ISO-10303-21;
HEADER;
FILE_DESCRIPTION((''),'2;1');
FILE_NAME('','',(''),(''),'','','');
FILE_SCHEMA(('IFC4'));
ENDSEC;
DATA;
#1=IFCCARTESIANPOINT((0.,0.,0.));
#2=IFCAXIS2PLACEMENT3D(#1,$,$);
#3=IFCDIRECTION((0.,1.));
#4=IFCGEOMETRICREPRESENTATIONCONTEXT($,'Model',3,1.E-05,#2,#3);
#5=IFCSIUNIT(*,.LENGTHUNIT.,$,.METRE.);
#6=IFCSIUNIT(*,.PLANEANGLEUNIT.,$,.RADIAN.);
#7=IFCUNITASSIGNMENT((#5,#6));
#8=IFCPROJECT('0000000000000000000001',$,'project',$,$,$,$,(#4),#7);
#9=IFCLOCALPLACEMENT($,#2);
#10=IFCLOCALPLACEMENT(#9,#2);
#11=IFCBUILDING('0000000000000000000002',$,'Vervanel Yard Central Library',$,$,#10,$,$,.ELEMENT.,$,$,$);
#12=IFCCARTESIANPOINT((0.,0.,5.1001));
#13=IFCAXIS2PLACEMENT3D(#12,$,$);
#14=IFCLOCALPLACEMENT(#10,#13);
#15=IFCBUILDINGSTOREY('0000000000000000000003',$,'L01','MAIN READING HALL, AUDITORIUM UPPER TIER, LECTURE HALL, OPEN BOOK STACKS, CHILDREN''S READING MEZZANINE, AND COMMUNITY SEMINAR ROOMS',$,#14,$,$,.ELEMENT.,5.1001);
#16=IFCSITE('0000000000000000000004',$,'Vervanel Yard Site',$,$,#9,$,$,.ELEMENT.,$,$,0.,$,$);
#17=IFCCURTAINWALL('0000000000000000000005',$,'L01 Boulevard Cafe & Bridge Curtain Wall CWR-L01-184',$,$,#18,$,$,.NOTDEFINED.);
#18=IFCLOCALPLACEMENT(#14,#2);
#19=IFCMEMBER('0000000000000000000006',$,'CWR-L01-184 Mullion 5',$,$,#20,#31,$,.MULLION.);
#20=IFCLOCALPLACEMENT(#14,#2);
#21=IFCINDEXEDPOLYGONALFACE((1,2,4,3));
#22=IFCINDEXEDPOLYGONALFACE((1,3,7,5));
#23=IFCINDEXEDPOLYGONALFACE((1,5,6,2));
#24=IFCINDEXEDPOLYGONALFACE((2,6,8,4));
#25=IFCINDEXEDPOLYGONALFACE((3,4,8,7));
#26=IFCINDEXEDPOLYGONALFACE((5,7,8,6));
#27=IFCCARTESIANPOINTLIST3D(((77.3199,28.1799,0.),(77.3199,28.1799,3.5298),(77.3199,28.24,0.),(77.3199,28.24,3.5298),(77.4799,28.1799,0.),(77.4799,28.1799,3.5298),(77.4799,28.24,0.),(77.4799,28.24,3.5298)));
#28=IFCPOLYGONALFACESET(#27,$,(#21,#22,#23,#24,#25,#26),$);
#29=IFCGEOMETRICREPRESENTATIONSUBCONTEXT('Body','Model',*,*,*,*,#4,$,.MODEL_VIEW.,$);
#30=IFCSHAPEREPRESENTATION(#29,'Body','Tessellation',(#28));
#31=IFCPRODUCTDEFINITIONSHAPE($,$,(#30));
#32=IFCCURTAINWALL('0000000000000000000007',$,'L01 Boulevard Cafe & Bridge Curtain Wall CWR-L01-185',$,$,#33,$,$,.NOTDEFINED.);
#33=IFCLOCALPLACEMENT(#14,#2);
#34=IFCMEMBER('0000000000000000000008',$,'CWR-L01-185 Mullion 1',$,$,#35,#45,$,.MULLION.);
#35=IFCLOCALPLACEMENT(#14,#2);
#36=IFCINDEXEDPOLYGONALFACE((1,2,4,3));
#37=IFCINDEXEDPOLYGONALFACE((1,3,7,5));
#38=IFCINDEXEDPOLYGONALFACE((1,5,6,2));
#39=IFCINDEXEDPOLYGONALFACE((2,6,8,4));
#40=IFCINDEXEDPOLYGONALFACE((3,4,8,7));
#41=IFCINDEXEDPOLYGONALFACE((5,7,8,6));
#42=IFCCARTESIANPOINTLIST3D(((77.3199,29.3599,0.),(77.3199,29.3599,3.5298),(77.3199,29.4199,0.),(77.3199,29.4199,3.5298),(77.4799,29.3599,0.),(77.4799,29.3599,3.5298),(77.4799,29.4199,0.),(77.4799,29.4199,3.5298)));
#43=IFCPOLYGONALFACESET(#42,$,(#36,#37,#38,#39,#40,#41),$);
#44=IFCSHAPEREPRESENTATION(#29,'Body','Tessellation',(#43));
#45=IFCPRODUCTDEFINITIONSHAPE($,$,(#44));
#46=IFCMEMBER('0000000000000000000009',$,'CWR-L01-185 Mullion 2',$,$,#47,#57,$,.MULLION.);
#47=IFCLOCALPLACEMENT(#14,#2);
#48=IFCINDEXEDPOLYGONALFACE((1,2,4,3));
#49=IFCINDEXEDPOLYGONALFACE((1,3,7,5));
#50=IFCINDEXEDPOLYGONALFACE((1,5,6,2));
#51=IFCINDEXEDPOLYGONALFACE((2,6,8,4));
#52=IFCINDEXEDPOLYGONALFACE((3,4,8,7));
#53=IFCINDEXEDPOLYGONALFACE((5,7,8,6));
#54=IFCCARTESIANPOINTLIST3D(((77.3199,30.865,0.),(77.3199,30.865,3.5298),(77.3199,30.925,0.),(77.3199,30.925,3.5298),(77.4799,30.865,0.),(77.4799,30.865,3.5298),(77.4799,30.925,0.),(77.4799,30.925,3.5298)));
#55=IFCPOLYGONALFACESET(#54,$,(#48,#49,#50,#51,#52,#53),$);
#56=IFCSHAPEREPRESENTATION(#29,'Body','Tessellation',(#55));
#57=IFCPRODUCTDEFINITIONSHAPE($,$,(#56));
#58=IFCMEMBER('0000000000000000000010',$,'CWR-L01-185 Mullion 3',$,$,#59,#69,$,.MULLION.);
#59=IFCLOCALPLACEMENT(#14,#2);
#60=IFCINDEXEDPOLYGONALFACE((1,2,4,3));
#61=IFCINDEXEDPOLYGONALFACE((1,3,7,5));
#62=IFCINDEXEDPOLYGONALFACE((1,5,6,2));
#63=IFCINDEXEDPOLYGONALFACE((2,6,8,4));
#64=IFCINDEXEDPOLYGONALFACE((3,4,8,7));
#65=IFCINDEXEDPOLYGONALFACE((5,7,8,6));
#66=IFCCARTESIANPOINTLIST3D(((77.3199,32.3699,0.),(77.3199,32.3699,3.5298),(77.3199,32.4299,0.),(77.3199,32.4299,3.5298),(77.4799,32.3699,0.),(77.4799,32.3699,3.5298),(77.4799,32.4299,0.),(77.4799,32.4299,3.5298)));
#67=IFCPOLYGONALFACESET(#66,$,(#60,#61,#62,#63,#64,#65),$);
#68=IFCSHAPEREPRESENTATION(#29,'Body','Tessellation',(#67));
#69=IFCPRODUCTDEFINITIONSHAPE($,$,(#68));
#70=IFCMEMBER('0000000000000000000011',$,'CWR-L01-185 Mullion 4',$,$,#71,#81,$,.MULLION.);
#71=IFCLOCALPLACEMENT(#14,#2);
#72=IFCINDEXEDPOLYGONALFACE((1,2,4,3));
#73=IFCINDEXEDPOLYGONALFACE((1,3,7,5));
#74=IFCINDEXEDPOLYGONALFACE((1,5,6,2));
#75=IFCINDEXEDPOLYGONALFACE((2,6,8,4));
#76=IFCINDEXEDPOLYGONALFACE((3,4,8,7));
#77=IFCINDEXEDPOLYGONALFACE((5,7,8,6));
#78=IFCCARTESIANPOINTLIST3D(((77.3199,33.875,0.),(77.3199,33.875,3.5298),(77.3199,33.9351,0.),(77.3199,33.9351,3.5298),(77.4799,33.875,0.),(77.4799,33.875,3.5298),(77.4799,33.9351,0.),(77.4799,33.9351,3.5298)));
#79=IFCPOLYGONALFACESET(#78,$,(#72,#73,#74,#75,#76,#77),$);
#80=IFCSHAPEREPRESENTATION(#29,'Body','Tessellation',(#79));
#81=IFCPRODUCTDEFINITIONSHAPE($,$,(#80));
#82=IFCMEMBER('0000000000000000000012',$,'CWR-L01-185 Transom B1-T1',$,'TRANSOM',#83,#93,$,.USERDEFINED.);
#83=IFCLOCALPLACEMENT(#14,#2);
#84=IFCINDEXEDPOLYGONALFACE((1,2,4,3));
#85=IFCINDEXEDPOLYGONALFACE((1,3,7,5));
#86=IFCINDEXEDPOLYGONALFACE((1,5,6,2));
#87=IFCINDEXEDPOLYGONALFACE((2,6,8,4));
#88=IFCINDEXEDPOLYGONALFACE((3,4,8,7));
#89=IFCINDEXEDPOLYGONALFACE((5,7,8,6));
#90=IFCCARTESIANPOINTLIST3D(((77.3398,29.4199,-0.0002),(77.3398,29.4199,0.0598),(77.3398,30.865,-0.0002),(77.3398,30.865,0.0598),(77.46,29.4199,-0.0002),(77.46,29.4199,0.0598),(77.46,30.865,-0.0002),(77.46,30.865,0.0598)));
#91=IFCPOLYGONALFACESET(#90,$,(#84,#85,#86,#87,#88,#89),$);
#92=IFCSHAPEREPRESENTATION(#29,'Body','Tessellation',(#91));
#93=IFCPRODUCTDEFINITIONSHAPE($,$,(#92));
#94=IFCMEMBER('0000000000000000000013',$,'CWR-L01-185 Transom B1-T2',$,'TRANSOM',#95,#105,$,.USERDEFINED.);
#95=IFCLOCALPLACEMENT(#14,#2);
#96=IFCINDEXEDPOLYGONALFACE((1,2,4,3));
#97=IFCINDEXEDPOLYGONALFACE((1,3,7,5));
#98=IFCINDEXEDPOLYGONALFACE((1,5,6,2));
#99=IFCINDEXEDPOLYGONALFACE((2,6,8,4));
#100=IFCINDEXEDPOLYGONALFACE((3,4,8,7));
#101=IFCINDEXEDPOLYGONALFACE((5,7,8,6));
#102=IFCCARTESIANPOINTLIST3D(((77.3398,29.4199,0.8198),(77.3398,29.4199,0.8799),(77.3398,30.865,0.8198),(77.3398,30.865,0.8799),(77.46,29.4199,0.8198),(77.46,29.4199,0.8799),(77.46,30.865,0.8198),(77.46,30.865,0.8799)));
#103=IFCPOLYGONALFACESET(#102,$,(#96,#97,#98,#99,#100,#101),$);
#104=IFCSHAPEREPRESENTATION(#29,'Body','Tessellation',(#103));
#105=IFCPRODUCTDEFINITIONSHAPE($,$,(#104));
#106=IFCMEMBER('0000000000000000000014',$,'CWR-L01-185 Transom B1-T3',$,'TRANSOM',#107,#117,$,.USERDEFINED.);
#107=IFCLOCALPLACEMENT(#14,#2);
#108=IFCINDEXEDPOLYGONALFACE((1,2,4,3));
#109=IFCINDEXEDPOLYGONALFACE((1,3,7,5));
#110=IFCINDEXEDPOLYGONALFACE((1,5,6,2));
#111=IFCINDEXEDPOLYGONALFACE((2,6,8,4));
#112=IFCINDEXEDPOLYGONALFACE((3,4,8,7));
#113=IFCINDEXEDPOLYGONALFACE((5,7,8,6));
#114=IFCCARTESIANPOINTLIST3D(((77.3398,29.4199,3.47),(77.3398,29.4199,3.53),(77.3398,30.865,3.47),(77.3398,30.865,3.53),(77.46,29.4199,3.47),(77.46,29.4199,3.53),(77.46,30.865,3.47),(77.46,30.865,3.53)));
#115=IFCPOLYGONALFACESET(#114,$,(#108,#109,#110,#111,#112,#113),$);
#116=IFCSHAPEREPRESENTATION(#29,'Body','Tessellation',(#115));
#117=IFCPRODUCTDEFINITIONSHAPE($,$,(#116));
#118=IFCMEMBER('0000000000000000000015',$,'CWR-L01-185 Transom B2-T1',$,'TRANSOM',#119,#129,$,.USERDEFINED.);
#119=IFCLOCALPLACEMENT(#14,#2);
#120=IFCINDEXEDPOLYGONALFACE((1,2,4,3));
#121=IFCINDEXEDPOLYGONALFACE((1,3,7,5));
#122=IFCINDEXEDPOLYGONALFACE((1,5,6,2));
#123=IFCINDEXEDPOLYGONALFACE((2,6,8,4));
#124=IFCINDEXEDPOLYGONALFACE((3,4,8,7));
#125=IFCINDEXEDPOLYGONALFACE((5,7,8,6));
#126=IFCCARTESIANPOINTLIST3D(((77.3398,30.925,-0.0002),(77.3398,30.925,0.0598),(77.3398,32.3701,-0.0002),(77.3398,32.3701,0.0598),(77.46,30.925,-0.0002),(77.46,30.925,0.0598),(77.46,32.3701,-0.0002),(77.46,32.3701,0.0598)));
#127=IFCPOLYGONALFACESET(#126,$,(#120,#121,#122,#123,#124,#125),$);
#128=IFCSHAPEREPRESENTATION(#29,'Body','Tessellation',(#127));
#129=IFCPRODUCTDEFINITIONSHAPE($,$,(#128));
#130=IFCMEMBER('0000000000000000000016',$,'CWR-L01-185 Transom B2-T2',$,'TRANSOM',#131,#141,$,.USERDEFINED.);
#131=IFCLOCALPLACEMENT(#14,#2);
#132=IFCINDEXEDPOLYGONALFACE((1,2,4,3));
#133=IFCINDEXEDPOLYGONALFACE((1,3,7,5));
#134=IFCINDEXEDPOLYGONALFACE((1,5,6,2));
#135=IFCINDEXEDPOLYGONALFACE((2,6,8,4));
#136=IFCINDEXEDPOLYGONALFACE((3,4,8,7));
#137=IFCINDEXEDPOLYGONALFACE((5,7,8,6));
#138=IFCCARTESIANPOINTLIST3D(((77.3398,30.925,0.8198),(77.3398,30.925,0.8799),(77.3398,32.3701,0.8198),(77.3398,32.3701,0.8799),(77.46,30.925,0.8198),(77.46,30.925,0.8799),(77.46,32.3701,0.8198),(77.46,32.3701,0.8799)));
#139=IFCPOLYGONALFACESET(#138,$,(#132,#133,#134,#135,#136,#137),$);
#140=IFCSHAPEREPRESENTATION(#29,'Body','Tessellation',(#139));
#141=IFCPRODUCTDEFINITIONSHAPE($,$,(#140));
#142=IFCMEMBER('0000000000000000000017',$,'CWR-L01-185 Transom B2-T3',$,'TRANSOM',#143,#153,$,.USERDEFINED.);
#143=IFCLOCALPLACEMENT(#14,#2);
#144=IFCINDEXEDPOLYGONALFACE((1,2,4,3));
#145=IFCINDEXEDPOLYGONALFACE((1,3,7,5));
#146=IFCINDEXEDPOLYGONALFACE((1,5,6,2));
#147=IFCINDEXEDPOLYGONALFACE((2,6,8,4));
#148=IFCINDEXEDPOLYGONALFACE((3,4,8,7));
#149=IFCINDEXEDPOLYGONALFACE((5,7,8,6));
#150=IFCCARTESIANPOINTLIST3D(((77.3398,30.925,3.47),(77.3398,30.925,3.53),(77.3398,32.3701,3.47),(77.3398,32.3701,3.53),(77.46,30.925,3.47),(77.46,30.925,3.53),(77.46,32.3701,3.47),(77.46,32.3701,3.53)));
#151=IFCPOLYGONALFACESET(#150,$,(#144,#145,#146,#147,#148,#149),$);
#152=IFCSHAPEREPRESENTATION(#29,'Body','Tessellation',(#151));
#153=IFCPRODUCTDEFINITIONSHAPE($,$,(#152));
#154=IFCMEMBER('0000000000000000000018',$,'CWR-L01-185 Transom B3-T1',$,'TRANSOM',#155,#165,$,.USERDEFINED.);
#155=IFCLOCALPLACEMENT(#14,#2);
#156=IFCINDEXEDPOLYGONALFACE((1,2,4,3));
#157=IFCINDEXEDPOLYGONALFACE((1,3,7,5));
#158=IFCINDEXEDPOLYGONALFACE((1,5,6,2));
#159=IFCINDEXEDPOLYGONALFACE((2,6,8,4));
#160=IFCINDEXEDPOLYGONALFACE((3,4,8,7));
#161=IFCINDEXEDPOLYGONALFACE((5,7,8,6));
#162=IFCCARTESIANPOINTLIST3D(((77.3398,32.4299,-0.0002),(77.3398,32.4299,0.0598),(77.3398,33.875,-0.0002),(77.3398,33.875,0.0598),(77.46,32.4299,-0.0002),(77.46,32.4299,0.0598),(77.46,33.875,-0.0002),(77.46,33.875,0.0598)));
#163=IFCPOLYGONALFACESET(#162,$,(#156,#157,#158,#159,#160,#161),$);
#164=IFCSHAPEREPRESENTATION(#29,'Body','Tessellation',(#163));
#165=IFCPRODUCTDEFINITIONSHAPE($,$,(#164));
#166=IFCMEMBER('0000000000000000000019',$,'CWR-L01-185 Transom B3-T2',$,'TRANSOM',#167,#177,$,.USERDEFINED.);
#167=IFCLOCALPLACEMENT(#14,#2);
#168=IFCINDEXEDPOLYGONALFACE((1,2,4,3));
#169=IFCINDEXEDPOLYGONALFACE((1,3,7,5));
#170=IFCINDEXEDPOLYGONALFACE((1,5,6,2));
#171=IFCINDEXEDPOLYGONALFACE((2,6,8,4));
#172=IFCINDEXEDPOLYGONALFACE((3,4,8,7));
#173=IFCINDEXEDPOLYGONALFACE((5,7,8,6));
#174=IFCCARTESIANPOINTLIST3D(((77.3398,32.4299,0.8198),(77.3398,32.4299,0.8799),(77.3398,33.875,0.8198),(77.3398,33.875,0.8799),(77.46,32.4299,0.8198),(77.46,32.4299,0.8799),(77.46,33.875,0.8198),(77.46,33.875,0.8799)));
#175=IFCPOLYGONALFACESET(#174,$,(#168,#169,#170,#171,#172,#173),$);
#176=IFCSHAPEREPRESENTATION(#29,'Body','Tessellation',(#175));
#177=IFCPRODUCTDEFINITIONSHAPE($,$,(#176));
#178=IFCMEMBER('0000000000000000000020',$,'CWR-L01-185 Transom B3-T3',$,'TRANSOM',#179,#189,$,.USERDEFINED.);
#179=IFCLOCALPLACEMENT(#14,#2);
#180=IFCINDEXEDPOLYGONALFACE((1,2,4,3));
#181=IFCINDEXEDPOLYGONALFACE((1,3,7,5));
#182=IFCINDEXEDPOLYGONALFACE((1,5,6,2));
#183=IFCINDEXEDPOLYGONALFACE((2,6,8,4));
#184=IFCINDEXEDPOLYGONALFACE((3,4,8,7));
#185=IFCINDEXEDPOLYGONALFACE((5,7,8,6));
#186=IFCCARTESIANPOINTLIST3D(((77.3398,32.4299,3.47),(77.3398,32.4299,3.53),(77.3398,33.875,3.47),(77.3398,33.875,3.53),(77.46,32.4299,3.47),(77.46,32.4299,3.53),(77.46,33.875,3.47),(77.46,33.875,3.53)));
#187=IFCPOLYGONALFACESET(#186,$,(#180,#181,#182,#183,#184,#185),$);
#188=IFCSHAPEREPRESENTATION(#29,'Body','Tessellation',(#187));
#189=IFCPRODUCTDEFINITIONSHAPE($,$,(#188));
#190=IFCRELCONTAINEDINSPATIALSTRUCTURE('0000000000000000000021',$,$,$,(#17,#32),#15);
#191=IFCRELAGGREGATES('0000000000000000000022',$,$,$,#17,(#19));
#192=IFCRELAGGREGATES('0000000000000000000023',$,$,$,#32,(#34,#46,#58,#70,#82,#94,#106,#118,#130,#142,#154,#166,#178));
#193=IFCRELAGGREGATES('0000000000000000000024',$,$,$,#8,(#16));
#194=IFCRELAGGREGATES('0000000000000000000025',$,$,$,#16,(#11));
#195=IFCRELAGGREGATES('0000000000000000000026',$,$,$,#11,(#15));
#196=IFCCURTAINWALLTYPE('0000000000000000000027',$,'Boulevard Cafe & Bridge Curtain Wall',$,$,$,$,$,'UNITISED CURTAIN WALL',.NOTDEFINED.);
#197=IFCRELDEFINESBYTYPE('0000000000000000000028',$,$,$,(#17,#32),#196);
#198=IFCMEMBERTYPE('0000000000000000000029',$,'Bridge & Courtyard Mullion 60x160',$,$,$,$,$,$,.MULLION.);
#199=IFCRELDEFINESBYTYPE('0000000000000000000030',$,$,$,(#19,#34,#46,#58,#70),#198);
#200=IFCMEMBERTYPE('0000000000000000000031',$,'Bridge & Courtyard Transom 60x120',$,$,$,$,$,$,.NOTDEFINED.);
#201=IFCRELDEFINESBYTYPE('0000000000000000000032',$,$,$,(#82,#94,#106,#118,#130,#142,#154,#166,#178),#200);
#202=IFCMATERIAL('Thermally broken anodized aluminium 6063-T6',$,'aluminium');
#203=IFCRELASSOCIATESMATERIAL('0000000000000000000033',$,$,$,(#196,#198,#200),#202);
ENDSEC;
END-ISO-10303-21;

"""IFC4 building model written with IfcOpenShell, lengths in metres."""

from ifc_helpers import new_model, si_unit, direction, frame, origin, origin_2d, place, context, subcontext, project, spatial, rectangle, extrude, material, material_profile, profile_set, type_object, element, aggregate, save


model = new_model("IFC4")

# Units and contexts
model_context = context("Model", 3, precision=1e-05, world=origin(), true_north=direction((0.0, 1.0)))
body_context = subcontext(model_context, "Body", "Model", "MODEL_VIEW")
ifc_project = project(units=[si_unit("LENGTHUNIT", "METRE"), si_unit("PLANEANGLEUNIT", "RADIAN")], contexts=[model_context])

# Site, building, storey
site_placement = place(None, origin())
site = spatial("IfcSite", under=ifc_project, at=site_placement, Name="Vervanel Yard Site", CompositionType="ELEMENT", RefElevation=0.0)
building_placement = place(site_placement, origin())
building = spatial("IfcBuilding", under=site, at=building_placement, Name="Vervanel Yard Central Library", CompositionType="ELEMENT")
storey_placement = place(building_placement, frame((0.0, 0.0, 5.1001)))
storey = spatial("IfcBuildingStorey", under=building, at=storey_placement, Name="L01", Description="MAIN READING HALL, AUDITORIUM UPPER TIER, LECTURE HALL, OPEN BOOK STACKS, CHILDREN'S READING MEZZANINE, AND COMMUNITY SEMINAR ROOMS", CompositionType="ELEMENT", Elevation=5.1001)

# Curtain wall, member
ifc_material_1 = material(Name="Thermally broken anodized aluminium 6063-T6", Category="aluminium")
curtain_wall_type = type_object("IfcCurtainWallType", Name="Boulevard Cafe & Bridge Curtain Wall", ElementType="UNITISED CURTAIN WALL", PredefinedType="NOTDEFINED", material=ifc_material_1)
curtain_wall_1_placement = place(storey_placement, origin())
curtain_wall_1 = element("IfcCurtainWall", 1, at=curtain_wall_1_placement, inside=storey, type_object=curtain_wall_type, Name="L01 Boulevard Cafe & Bridge Curtain Wall CWR-L01-184", PredefinedType="NOTDEFINED")
ifc_material_profile_1 = material_profile(ifc_material_1, rectangle(XDim=0.0601, YDim=0.1599, at=origin_2d()), Name="ALU 60x160", Category="aluminium")
ifc_profile_set_1 = profile_set([ifc_material_profile_1], Name="Thermally broken anodized aluminium 6063-T6")
member_type_1 = type_object("IfcMemberType", Name="Bridge & Courtyard Mullion 60x160", PredefinedType="MULLION", material=ifc_profile_set_1)
member_1_placement = place(storey_placement, frame((77.3999, 28.21, 0.0), z_axis=(0.0, 0.0, 1.0), x_axis=(0.0, 1.0, 0.0)))
member_1 = element("IfcMember", 2, at=member_1_placement, type_object=member_type_1, Name="CWR-L01-184 Mullion 5", PredefinedType="MULLION", context=body_context, shape_type="SweptSolid", body=[
    extrude(rectangle(XDim=0.0601, YDim=0.1599, at=origin_2d()), origin(), (0.0, 0.0, 1.0), 3.5298),
])
aggregate(curtain_wall_1, [member_1])

# Curtain wall, members
curtain_wall_2_placement = place(storey_placement, origin())
curtain_wall_2 = element("IfcCurtainWall", 3, at=curtain_wall_2_placement, inside=storey, type_object=curtain_wall_type, Name="L01 Boulevard Cafe & Bridge Curtain Wall CWR-L01-185", PredefinedType="NOTDEFINED")
member_2_placement = place(storey_placement, frame((77.3999, 29.3899, 0.0), z_axis=(0.0, 0.0, 1.0), x_axis=(0.0, 1.0, 0.0)))
member_2 = element("IfcMember", 4, at=member_2_placement, type_object=member_type_1, Name="CWR-L01-185 Mullion 1", PredefinedType="MULLION", context=body_context, shape_type="SweptSolid", body=[
    extrude(rectangle(XDim=0.0601, YDim=0.1599, at=origin_2d()), origin(), (0.0, 0.0, 1.0), 3.5298),
])
member_3_placement = place(storey_placement, frame((77.3999, 30.895, 0.0), z_axis=(0.0, 0.0, 1.0), x_axis=(0.0, 1.0, 0.0)))
member_3 = element("IfcMember", 5, at=member_3_placement, type_object=member_type_1, Name="CWR-L01-185 Mullion 2", PredefinedType="MULLION", context=body_context, shape_type="SweptSolid", body=[
    extrude(rectangle(XDim=0.0601, YDim=0.1599, at=origin_2d()), origin(), (0.0, 0.0, 1.0), 3.5298),
])
member_4_placement = place(storey_placement, frame((77.3999, 32.3999, 0.0), z_axis=(0.0, 0.0, 1.0), x_axis=(0.0, 1.0, 0.0)))
member_4 = element("IfcMember", 6, at=member_4_placement, type_object=member_type_1, Name="CWR-L01-185 Mullion 3", PredefinedType="MULLION", context=body_context, shape_type="SweptSolid", body=[
    extrude(rectangle(XDim=0.0601, YDim=0.1599, at=origin_2d()), origin(), (0.0, 0.0, 1.0), 3.5298),
])
member_5_placement = place(storey_placement, frame((77.3999, 33.905, 0.0), z_axis=(0.0, 0.0, 1.0), x_axis=(0.0, 1.0, 0.0)))
member_5 = element("IfcMember", 7, at=member_5_placement, type_object=member_type_1, Name="CWR-L01-185 Mullion 4", PredefinedType="MULLION", context=body_context, shape_type="SweptSolid", body=[
    extrude(rectangle(XDim=0.0601, YDim=0.1599, at=origin_2d()), origin(), (0.0, 0.0, 1.0), 3.5298),
])
ifc_material_profile_2 = material_profile(ifc_material_1, rectangle(XDim=0.0601, YDim=0.1201, at=origin_2d()), Name="ALU 60x120", Category="aluminium")
ifc_profile_set_2 = profile_set([ifc_material_profile_2], Name="Thermally broken anodized aluminium 6063-T6")
member_type_2 = type_object("IfcMemberType", Name="Bridge & Courtyard Transom 60x120", PredefinedType="NOTDEFINED", material=ifc_profile_set_2)
member_6_placement = place(storey_placement, frame((77.3999, 29.4199, 0.0298), z_axis=(0.0, 1.0, 0.0), x_axis=(0.0, 0.0, 1.0)))
member_6 = element("IfcMember", 8, at=member_6_placement, type_object=member_type_2, Name="CWR-L01-185 Transom B1-T1", ObjectType="TRANSOM", PredefinedType="USERDEFINED", context=body_context, shape_type="SweptSolid", body=[
    extrude(rectangle(XDim=0.0601, YDim=0.1201, at=origin_2d()), origin(), (0.0, 0.0, 1.0), 1.4451),
])
member_7_placement = place(storey_placement, frame((77.3999, 29.4199, 0.8499), z_axis=(0.0, 1.0, 0.0), x_axis=(0.0, 0.0, 1.0)))
member_7 = element("IfcMember", 9, at=member_7_placement, type_object=member_type_2, Name="CWR-L01-185 Transom B1-T2", ObjectType="TRANSOM", PredefinedType="USERDEFINED", context=body_context, shape_type="SweptSolid", body=[
    extrude(rectangle(XDim=0.0601, YDim=0.1201, at=origin_2d()), origin(), (0.0, 0.0, 1.0), 1.4451),
])
member_8_placement = place(storey_placement, frame((77.3999, 29.4199, 3.5), z_axis=(0.0, 1.0, 0.0), x_axis=(0.0, 0.0, 1.0)))
member_8 = element("IfcMember", 10, at=member_8_placement, type_object=member_type_2, Name="CWR-L01-185 Transom B1-T3", ObjectType="TRANSOM", PredefinedType="USERDEFINED", context=body_context, shape_type="SweptSolid", body=[
    extrude(rectangle(XDim=0.0601, YDim=0.1201, at=origin_2d()), origin(), (0.0, 0.0, 1.0), 1.4451),
])
member_9_placement = place(storey_placement, frame((77.3999, 30.925, 0.0298), z_axis=(0.0, 1.0, 0.0), x_axis=(0.0, 0.0, 1.0)))
member_9 = element("IfcMember", 11, at=member_9_placement, type_object=member_type_2, Name="CWR-L01-185 Transom B2-T1", ObjectType="TRANSOM", PredefinedType="USERDEFINED", context=body_context, shape_type="SweptSolid", body=[
    extrude(rectangle(XDim=0.0601, YDim=0.1201, at=origin_2d()), origin(), (0.0, 0.0, 1.0), 1.4451),
])
member_10_placement = place(storey_placement, frame((77.3999, 30.925, 0.8499), z_axis=(0.0, 1.0, 0.0), x_axis=(0.0, 0.0, 1.0)))
member_10 = element("IfcMember", 12, at=member_10_placement, type_object=member_type_2, Name="CWR-L01-185 Transom B2-T2", ObjectType="TRANSOM", PredefinedType="USERDEFINED", context=body_context, shape_type="SweptSolid", body=[
    extrude(rectangle(XDim=0.0601, YDim=0.1201, at=origin_2d()), origin(), (0.0, 0.0, 1.0), 1.4451),
])
member_11_placement = place(storey_placement, frame((77.3999, 30.925, 3.5), z_axis=(0.0, 1.0, 0.0), x_axis=(0.0, 0.0, 1.0)))
member_11 = element("IfcMember", 13, at=member_11_placement, type_object=member_type_2, Name="CWR-L01-185 Transom B2-T3", ObjectType="TRANSOM", PredefinedType="USERDEFINED", context=body_context, shape_type="SweptSolid", body=[
    extrude(rectangle(XDim=0.0601, YDim=0.1201, at=origin_2d()), origin(), (0.0, 0.0, 1.0), 1.4451),
])
member_12_placement = place(storey_placement, frame((77.3999, 32.4299, 0.0298), z_axis=(0.0, 1.0, 0.0), x_axis=(0.0, 0.0, 1.0)))
member_12 = element("IfcMember", 14, at=member_12_placement, type_object=member_type_2, Name="CWR-L01-185 Transom B3-T1", ObjectType="TRANSOM", PredefinedType="USERDEFINED", context=body_context, shape_type="SweptSolid", body=[
    extrude(rectangle(XDim=0.0601, YDim=0.1201, at=origin_2d()), origin(), (0.0, 0.0, 1.0), 1.4451),
])
member_13_placement = place(storey_placement, frame((77.3999, 32.4299, 0.8499), z_axis=(0.0, 1.0, 0.0), x_axis=(0.0, 0.0, 1.0)))
member_13 = element("IfcMember", 15, at=member_13_placement, type_object=member_type_2, Name="CWR-L01-185 Transom B3-T2", ObjectType="TRANSOM", PredefinedType="USERDEFINED", context=body_context, shape_type="SweptSolid", body=[
    extrude(rectangle(XDim=0.0601, YDim=0.1201, at=origin_2d()), origin(), (0.0, 0.0, 1.0), 1.4451),
])
member_14_placement = place(storey_placement, frame((77.3999, 32.4299, 3.5), z_axis=(0.0, 1.0, 0.0), x_axis=(0.0, 0.0, 1.0)))
member_14 = element("IfcMember", 16, at=member_14_placement, type_object=member_type_2, Name="CWR-L01-185 Transom B3-T3", ObjectType="TRANSOM", PredefinedType="USERDEFINED", context=body_context, shape_type="SweptSolid", body=[
    extrude(rectangle(XDim=0.0601, YDim=0.1201, at=origin_2d()), origin(), (0.0, 0.0, 1.0), 1.4451),
])

aggregate(curtain_wall_2, [member_2, member_3, member_4, member_5, member_6, member_7, member_8, member_9, member_10, member_11, member_12, member_13, member_14])

save(model, "model.ifc")
